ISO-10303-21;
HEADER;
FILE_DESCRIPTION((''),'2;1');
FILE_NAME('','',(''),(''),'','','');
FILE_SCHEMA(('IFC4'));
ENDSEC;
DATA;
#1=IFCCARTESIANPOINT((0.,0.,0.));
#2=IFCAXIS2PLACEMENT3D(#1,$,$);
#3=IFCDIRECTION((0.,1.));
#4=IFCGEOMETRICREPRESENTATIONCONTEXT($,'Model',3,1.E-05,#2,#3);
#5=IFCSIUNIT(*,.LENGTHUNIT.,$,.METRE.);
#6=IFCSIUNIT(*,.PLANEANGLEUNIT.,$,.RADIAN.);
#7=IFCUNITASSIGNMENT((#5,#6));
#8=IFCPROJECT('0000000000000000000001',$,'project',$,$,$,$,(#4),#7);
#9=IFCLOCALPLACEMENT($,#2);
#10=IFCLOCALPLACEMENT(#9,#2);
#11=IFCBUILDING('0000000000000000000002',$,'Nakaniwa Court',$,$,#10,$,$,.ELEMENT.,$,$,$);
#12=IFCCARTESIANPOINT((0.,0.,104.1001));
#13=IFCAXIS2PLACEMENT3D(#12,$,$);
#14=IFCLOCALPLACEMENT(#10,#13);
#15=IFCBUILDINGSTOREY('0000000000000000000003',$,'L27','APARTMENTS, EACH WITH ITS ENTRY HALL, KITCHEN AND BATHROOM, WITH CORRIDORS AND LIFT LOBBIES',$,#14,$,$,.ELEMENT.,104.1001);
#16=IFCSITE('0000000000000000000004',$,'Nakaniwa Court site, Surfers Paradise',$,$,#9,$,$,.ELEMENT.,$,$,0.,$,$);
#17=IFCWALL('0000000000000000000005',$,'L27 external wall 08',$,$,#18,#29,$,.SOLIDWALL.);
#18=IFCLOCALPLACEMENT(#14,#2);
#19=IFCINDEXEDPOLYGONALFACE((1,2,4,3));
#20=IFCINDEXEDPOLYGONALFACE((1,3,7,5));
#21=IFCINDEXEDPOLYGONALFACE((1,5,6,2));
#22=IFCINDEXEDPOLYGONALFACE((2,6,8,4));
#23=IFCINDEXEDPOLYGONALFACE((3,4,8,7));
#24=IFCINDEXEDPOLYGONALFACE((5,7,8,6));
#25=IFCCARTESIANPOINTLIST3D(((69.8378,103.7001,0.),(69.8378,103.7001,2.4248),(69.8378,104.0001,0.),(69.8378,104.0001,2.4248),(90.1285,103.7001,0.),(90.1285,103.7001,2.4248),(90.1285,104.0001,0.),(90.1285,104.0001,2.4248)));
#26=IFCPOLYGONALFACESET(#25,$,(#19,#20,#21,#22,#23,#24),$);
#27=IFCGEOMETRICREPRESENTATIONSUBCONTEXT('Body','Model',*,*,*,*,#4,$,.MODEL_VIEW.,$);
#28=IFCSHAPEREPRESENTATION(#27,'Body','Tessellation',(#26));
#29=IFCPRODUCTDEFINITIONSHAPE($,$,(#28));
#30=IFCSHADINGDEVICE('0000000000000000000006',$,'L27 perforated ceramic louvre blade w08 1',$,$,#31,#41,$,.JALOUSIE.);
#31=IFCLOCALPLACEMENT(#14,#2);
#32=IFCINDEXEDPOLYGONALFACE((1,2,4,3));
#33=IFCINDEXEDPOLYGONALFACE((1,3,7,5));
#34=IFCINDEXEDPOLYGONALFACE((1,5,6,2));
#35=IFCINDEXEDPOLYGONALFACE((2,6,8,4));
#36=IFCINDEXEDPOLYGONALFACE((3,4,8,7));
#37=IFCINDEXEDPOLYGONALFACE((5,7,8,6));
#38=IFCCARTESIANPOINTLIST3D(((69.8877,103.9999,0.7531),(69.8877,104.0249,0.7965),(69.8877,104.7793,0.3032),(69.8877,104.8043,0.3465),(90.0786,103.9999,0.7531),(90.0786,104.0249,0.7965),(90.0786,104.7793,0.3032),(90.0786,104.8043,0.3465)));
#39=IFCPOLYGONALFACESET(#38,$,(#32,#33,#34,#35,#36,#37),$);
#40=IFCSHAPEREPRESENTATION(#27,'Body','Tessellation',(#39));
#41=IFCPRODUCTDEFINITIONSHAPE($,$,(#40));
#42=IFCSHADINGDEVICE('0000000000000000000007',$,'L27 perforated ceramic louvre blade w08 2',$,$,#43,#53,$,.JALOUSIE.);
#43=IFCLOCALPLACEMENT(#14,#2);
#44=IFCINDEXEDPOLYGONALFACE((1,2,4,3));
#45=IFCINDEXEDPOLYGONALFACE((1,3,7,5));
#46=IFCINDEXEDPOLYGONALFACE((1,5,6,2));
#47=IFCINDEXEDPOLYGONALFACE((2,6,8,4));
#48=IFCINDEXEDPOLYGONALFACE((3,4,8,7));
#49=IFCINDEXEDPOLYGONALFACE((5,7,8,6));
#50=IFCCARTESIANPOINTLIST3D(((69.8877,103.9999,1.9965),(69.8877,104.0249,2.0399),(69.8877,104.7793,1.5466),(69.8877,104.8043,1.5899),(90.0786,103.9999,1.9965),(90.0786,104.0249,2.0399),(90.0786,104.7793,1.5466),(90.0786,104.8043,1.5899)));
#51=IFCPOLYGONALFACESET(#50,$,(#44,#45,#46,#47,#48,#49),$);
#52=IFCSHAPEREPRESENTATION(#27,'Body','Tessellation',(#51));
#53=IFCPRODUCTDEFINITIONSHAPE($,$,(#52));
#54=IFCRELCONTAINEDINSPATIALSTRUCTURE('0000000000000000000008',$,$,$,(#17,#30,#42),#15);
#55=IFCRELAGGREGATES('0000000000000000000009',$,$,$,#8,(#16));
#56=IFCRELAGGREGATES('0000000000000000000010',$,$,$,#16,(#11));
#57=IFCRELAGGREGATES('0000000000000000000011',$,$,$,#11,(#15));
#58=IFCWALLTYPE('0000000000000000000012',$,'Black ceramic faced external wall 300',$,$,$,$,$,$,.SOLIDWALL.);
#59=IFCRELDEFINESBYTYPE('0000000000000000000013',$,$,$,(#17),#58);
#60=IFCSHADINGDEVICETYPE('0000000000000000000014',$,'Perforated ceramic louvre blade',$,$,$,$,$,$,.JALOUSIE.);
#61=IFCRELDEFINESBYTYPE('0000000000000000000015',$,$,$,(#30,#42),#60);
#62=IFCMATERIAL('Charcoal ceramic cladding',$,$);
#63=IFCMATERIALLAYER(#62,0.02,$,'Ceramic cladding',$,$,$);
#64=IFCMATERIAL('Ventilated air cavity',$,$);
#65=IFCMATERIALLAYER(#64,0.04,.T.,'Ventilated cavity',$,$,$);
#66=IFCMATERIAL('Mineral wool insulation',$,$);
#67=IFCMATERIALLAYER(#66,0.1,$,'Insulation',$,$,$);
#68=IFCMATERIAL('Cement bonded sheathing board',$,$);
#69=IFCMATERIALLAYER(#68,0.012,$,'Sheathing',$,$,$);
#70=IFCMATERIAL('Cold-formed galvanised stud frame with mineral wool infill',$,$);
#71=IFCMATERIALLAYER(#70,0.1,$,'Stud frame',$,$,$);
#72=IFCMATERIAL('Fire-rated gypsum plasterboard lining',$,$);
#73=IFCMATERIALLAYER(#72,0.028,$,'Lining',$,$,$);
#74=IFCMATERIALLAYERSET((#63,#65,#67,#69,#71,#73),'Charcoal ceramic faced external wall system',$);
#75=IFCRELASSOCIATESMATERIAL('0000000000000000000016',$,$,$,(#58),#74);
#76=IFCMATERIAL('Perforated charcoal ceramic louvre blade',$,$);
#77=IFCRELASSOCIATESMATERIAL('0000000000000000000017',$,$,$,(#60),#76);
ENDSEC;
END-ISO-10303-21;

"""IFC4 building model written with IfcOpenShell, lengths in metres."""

from ifc_helpers import new_model, si_unit, direction, frame, frame_2d, origin, origin_2d, place, context, subcontext, project, spatial, rectangle, extrude, material, layer, layer_set, material_profile, profile_set, type_object, element, save


model = new_model("IFC4")

# Units and contexts
model_context = context("Model", 3, precision=1e-05, world=origin(), true_north=direction((0.0, 1.0)))
body_context = subcontext(model_context, "Body", "Model", "MODEL_VIEW")
ifc_project = project(units=[si_unit("LENGTHUNIT", "METRE"), si_unit("PLANEANGLEUNIT", "RADIAN")], contexts=[model_context])

# Site, building, storey
site_placement = place(None, origin())
site = spatial("IfcSite", under=ifc_project, at=site_placement, Name="Nakaniwa Court site, Surfers Paradise", CompositionType="ELEMENT", RefElevation=0.0)
building_placement = place(site_placement, origin())
building = spatial("IfcBuilding", under=site, at=building_placement, Name="Nakaniwa Court", CompositionType="ELEMENT")
storey_placement = place(building_placement, frame((0.0, 0.0, 104.1001)))
storey = spatial("IfcBuildingStorey", under=building, at=storey_placement, Name="L27", Description="APARTMENTS, EACH WITH ITS ENTRY HALL, KITCHEN AND BATHROOM, WITH CORRIDORS AND LIFT LOBBIES", CompositionType="ELEMENT", Elevation=104.1001)

# Shared definitions
ifc_material_1 = material(Name="Charcoal ceramic cladding")
ifc_layer_1 = layer(ifc_material_1, 0.02, Name="Ceramic cladding")
ifc_material_2 = material(Name="Ventilated air cavity")
ifc_layer_2 = layer(ifc_material_2, 0.04, ventilated=True, Name="Ventilated cavity")
ifc_material_3 = material(Name="Mineral wool insulation")
ifc_layer_3 = layer(ifc_material_3, 0.1, Name="Insulation")
ifc_material_4 = material(Name="Cement bonded sheathing board")
ifc_layer_4 = layer(ifc_material_4, 0.012, Name="Sheathing")
ifc_material_5 = material(Name="Cold-formed galvanised stud frame with mineral wool infill")
ifc_layer_5 = layer(ifc_material_5, 0.1, Name="Stud frame")
ifc_material_6 = material(Name="Fire-rated gypsum plasterboard lining")
ifc_layer_6 = layer(ifc_material_6, 0.028, Name="Lining")
ifc_layer_set_1 = layer_set([ifc_layer_1, ifc_layer_2, ifc_layer_3, ifc_layer_4, ifc_layer_5, ifc_layer_6], Name="Charcoal ceramic faced external wall system")
wall_type_1 = type_object("IfcWallType", Name="Black ceramic faced external wall 300", PredefinedType="SOLIDWALL", material=ifc_layer_set_1)

# Wall
wall_1_placement = place(storey_placement, frame((90.1287, 103.8501, 0.0), z_axis=(0.0, 0.0, 1.0), x_axis=(-1.0, 0.0, 0.0)))
element("IfcWall", 1, at=wall_1_placement, inside=storey, type_object=wall_type_1, Name="L27 external wall 08", PredefinedType="SOLIDWALL", context=body_context, shape_type="SweptSolid", body=[
    extrude(rectangle(XDim=20.2908, YDim=0.3, at=frame_2d((10.1455, 0.0))), origin(), (0.0, 0.0, 1.0), 2.4248),
])

# Shading devices
ifc_material_7 = material(Name="Perforated charcoal ceramic louvre blade")
ifc_material_profile_1 = material_profile(ifc_material_7, rectangle(XDim=0.8999, YDim=0.05, at=origin_2d()), Name="Perforated ceramic louvre blade")
ifc_profile_set_1 = profile_set([ifc_material_profile_1], Name="Perforated charcoal ceramic louvre blade")
shading_device_type = type_object("IfcShadingDeviceType", Name="Perforated ceramic louvre blade", PredefinedType="JALOUSIE", material=ifc_profile_set_1)
for number, where, z_axis, x_axis, name in (
    (2, (90.0786, 104.4021, 0.5498), (-1.0, 0.0, 0.0), (0.0, -0.866025, 0.5), "L27 perforated ceramic louvre blade w08 1"),
    (3, (90.0786, 104.4021, 1.7932), (-1.0, 0.0, 0.0), (0.0, -0.866025, 0.5), "L27 perforated ceramic louvre blade w08 2"),
):
    element("IfcShadingDevice", number, at=place(storey_placement, frame(where, z_axis=z_axis, x_axis=x_axis)), inside=storey, type_object=shading_device_type, Name=name, PredefinedType="JALOUSIE", context=body_context, shape_type="SweptSolid", body=[
        extrude(rectangle(XDim=0.8999, YDim=0.05, at=origin_2d()), origin(), (0.0, 0.0, 1.0), 20.1909),
    ])

save(model, "model.ifc")
